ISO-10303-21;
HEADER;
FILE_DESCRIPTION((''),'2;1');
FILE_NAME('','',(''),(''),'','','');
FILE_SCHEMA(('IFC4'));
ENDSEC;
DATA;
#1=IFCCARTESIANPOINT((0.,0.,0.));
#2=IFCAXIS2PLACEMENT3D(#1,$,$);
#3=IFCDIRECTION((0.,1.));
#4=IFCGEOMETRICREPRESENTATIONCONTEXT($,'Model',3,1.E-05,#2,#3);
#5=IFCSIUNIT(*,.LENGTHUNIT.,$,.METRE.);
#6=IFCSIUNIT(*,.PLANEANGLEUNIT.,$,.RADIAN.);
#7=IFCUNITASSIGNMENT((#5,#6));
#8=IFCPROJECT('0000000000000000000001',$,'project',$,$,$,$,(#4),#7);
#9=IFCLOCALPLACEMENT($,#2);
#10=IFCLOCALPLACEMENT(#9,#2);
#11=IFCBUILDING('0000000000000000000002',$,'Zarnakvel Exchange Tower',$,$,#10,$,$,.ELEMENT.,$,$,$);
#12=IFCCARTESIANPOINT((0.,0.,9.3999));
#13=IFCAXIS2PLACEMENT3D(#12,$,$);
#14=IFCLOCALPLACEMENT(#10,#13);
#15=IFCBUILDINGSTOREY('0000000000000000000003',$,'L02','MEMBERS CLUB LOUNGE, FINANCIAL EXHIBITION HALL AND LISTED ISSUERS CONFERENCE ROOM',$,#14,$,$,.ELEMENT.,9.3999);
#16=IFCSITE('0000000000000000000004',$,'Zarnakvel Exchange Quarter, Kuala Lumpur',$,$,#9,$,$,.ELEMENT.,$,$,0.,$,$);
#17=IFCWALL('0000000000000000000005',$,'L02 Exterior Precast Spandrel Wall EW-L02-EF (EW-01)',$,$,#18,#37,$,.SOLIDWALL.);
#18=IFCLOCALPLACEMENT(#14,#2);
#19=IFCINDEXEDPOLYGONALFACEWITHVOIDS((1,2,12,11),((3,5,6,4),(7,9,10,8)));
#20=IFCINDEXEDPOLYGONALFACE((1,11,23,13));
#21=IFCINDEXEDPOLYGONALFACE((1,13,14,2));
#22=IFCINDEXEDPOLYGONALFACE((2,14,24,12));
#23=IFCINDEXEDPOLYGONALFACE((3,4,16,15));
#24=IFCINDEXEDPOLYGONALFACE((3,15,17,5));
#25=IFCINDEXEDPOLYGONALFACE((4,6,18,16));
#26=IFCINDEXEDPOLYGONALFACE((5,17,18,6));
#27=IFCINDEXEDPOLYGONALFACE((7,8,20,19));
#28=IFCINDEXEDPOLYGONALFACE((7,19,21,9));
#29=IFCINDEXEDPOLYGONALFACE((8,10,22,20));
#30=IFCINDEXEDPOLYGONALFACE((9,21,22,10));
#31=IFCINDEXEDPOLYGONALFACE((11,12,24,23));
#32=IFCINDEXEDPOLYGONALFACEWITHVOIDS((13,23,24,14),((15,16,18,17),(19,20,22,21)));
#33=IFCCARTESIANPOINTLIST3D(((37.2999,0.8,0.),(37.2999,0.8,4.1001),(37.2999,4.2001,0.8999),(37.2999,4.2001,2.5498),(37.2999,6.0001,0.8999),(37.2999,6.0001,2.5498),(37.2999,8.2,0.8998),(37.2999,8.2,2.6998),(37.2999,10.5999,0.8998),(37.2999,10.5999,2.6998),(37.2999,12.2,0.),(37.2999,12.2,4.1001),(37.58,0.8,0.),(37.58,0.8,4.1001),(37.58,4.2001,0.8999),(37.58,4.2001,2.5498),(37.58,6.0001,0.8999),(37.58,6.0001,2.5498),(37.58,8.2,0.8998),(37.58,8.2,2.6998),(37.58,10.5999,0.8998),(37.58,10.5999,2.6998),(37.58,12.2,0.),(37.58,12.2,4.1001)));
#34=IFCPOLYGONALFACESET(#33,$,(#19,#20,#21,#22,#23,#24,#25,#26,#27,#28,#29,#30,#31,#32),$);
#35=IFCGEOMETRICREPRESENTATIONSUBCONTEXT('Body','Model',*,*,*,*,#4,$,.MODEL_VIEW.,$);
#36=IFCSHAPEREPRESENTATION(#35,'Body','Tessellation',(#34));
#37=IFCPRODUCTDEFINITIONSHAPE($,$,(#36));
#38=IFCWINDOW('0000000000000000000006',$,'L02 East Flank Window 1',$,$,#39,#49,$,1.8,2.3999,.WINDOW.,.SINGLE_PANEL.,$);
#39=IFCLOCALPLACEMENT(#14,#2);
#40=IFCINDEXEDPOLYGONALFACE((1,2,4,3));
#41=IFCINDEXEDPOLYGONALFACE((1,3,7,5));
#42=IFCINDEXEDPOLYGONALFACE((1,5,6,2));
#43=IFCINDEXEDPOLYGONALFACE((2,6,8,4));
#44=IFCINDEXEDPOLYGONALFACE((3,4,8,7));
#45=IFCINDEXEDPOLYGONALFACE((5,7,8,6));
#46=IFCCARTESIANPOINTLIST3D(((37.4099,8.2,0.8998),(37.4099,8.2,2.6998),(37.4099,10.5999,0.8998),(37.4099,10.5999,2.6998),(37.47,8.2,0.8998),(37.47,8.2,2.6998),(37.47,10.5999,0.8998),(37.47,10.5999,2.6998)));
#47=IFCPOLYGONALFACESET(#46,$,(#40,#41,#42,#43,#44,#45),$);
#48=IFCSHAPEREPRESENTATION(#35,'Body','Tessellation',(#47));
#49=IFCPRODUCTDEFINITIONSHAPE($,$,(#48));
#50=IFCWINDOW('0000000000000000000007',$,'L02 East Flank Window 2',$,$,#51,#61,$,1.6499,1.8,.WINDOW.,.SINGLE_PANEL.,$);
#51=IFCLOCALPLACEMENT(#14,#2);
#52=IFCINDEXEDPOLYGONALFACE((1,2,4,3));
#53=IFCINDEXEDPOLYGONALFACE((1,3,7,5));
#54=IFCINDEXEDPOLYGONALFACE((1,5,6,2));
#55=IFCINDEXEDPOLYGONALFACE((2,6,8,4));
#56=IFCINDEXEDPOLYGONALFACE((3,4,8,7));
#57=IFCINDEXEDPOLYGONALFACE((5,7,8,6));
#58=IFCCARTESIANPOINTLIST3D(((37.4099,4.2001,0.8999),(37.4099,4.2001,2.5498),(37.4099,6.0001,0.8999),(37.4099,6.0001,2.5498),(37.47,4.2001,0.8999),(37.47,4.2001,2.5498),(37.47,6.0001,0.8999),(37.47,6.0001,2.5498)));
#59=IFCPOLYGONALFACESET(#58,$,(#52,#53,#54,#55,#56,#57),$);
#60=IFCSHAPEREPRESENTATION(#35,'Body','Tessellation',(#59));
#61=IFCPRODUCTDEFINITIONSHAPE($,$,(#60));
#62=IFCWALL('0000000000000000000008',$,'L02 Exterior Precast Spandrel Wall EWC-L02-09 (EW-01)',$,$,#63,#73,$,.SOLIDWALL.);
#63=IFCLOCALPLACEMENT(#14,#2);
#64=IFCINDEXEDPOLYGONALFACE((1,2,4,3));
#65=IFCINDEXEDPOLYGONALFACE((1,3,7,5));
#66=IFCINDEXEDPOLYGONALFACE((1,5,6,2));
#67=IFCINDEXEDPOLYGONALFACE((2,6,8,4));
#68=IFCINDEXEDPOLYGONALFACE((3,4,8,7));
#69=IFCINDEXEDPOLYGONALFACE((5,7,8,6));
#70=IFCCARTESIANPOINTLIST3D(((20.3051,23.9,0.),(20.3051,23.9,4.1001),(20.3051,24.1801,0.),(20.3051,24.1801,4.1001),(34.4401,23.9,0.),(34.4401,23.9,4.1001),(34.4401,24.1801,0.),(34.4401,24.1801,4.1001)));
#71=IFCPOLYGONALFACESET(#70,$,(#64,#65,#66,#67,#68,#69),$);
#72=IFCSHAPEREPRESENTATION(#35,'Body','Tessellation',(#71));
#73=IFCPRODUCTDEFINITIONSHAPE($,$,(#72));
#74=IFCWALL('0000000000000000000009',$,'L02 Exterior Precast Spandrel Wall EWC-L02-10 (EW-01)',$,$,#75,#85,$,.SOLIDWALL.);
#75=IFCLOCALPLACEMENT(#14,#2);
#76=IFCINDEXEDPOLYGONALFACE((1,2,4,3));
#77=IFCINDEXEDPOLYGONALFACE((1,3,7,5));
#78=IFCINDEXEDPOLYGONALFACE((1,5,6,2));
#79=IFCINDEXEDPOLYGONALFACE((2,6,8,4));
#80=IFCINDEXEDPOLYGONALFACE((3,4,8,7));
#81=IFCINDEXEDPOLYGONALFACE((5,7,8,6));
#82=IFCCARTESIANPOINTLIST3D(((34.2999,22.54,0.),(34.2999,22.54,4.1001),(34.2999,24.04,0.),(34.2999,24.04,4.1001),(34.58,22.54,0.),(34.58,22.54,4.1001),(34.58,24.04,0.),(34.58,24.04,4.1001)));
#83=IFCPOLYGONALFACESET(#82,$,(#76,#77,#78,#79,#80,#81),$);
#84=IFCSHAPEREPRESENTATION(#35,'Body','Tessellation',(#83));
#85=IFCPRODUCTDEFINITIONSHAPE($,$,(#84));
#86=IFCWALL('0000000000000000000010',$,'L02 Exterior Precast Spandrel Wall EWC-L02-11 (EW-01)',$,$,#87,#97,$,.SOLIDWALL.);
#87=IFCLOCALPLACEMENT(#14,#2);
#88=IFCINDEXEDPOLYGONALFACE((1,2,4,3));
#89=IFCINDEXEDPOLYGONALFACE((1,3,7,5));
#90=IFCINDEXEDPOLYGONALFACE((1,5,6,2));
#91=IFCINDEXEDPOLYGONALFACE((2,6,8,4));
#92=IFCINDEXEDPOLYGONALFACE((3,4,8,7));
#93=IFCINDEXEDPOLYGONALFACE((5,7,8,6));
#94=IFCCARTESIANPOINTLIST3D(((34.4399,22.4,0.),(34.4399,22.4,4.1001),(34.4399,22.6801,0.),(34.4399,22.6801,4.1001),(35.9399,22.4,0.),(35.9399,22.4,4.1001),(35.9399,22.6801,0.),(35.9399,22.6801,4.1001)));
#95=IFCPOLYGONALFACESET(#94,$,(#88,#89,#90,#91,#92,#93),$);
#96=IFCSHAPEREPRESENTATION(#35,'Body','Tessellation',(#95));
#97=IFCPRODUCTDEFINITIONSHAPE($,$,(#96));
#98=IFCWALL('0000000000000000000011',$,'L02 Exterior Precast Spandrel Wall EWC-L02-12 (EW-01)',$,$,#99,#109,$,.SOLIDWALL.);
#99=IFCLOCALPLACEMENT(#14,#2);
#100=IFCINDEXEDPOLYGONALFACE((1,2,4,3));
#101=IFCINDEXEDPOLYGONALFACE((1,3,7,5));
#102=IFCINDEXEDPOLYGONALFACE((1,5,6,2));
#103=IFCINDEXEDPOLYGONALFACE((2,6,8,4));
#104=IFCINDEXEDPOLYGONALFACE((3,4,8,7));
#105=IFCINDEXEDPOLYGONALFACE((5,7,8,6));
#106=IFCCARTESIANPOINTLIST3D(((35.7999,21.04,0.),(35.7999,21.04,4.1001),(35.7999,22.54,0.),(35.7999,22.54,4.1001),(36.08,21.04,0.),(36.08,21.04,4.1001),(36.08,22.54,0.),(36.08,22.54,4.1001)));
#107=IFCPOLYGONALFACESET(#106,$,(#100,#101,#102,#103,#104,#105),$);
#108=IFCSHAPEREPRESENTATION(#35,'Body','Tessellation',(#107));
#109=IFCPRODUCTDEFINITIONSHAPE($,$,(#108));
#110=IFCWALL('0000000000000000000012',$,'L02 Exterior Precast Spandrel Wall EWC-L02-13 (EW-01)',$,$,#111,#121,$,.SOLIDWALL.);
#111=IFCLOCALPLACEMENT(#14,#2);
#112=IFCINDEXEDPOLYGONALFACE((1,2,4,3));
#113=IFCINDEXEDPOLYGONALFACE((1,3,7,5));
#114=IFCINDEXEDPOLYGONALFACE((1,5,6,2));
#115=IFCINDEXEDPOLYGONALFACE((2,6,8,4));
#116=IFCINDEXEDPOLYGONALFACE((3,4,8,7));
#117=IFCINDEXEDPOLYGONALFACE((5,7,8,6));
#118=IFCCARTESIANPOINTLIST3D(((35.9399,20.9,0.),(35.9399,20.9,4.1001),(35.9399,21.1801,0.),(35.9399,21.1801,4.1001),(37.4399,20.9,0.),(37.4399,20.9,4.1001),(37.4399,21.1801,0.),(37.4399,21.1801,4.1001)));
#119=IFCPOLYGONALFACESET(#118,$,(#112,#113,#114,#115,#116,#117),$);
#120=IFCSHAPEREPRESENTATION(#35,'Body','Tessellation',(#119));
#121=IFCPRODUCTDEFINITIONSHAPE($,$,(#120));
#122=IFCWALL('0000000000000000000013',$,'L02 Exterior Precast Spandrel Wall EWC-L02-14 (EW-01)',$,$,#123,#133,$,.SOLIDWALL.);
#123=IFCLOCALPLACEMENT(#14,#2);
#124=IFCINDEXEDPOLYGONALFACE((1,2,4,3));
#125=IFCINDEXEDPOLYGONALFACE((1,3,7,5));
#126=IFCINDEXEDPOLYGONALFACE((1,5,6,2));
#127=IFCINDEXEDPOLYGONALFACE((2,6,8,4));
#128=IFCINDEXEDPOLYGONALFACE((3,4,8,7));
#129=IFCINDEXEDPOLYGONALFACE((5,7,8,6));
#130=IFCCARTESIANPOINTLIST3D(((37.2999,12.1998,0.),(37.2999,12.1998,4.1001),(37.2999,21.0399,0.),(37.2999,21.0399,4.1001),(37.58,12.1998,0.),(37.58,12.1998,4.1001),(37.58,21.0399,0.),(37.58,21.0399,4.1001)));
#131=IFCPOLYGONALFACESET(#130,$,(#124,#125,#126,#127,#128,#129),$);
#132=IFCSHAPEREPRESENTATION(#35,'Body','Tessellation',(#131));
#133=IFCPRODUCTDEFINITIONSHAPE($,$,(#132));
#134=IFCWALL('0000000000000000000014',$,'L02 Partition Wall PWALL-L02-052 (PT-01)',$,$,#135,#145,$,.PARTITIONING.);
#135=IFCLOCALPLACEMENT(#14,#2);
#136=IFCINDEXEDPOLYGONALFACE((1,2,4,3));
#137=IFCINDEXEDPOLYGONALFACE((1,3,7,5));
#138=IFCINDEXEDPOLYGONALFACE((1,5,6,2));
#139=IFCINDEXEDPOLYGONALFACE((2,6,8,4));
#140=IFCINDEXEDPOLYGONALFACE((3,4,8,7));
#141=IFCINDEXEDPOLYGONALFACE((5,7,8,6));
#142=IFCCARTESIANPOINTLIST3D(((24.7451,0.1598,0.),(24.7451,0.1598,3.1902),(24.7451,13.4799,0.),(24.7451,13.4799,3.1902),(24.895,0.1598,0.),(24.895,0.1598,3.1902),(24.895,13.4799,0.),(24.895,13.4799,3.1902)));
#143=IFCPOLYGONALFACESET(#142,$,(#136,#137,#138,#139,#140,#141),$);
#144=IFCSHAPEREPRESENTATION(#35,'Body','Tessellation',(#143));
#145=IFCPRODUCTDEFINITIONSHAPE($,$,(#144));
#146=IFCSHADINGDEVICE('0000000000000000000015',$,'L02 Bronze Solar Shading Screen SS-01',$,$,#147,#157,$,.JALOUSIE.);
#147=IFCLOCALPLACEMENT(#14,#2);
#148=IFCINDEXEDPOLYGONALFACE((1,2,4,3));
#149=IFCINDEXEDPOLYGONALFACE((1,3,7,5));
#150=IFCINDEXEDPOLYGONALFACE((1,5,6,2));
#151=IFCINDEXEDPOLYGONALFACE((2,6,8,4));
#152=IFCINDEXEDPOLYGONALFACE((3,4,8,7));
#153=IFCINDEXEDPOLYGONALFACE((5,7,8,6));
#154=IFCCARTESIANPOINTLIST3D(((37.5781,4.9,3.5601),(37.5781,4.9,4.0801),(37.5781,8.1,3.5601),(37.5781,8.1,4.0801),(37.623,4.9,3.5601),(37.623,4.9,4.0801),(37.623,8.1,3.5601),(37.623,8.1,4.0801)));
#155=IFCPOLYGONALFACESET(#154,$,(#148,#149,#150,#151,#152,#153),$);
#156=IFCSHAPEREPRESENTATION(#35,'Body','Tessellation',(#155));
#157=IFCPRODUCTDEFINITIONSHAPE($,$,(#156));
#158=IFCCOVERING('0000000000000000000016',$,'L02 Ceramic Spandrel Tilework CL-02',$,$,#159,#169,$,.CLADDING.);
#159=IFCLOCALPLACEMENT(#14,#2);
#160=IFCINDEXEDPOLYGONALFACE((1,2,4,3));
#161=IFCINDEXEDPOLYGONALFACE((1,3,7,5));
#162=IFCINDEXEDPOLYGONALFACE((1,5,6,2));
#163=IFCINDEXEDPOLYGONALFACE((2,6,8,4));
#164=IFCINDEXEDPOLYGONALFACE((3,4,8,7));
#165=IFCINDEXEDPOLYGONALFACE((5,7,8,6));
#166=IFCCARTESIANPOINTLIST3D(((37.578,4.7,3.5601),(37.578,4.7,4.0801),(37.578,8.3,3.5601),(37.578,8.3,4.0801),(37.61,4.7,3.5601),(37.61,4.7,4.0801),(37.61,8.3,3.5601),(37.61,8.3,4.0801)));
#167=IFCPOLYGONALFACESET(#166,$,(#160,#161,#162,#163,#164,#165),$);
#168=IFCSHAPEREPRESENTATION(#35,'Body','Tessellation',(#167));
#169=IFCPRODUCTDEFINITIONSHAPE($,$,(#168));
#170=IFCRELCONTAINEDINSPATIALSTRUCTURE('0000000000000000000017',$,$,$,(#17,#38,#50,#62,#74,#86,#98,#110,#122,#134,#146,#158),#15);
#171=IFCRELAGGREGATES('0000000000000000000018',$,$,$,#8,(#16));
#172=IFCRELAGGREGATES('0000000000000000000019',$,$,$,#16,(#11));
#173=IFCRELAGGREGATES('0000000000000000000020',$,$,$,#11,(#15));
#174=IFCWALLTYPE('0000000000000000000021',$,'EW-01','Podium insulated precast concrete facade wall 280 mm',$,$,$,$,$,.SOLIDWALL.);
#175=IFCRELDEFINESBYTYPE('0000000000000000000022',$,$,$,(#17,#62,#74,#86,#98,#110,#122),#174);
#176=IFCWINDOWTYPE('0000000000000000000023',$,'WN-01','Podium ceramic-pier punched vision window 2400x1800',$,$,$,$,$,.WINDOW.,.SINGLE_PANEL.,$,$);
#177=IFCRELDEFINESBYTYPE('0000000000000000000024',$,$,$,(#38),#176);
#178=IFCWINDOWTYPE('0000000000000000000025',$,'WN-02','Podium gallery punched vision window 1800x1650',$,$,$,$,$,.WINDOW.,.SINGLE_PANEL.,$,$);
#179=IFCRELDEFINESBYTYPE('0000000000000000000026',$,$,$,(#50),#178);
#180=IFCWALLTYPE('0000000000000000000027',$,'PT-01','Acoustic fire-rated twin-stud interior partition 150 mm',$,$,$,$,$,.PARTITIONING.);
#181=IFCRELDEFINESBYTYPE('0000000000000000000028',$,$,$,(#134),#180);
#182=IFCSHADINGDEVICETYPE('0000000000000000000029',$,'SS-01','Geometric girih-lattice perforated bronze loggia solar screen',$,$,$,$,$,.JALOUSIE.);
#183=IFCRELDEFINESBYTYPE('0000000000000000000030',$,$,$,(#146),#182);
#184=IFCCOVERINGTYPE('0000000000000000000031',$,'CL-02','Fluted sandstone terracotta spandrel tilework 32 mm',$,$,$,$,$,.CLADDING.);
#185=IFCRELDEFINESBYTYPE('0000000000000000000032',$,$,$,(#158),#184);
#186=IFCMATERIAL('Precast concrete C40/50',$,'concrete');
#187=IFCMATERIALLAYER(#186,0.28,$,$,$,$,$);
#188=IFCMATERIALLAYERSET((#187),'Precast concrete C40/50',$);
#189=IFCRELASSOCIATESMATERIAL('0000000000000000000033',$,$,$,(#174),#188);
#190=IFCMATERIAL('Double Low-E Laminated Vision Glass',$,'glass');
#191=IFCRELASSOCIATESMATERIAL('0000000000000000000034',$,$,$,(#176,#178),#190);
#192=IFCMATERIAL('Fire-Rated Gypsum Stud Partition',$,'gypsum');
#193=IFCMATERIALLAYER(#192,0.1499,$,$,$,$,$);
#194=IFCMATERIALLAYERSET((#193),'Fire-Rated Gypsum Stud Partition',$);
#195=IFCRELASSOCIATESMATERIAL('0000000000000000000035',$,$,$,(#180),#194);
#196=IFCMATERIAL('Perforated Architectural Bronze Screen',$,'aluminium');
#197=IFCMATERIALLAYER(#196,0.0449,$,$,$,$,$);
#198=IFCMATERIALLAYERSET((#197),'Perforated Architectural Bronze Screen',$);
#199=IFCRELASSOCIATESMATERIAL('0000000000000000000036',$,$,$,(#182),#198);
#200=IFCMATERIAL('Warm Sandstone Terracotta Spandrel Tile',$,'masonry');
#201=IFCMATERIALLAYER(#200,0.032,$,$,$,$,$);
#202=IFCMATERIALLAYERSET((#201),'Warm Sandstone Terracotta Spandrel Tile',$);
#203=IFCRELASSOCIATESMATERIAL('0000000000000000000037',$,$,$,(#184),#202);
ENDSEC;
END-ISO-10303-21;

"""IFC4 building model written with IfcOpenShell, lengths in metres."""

from ifc_helpers import new_model, si_unit, direction, frame, frame_2d, origin, origin_2d, place, context, subcontext, project, spatial, rectangle, extrude, source, transform, mapped, material, layer, layer_set, type_object, element, fill, save


model = new_model("IFC4")

# Units and contexts
model_context = context("Model", 3, precision=1e-05, world=origin(), true_north=direction((0.0, 1.0)))
body_context = subcontext(model_context, "Body", "Model", "MODEL_VIEW")
ifc_project = project(units=[si_unit("LENGTHUNIT", "METRE"), si_unit("PLANEANGLEUNIT", "RADIAN")], contexts=[model_context])

# Site, building, storey
site_placement = place(None, origin())
site = spatial("IfcSite", under=ifc_project, at=site_placement, Name="Zarnakvel Exchange Quarter, Kuala Lumpur", CompositionType="ELEMENT", RefElevation=0.0)
building_placement = place(site_placement, origin())
building = spatial("IfcBuilding", under=site, at=building_placement, Name="Zarnakvel Exchange Tower", CompositionType="ELEMENT")
storey_placement = place(building_placement, frame((0.0, 0.0, 9.3999)))
storey = spatial("IfcBuildingStorey", under=building, at=storey_placement, Name="L02", Description="MEMBERS CLUB LOUNGE, FINANCIAL EXHIBITION HALL AND LISTED ISSUERS CONFERENCE ROOM", CompositionType="ELEMENT", Elevation=9.3999)

# Wall, openings, windows
ifc_material_1 = material(Name="Precast concrete C40/50", Category="concrete")
ifc_layer_1 = layer(ifc_material_1, 0.28)
ifc_layer_set_1 = layer_set([ifc_layer_1], Name="Precast concrete C40/50")
wall_type_1 = type_object("IfcWallType", Name="EW-01", Description="Podium insulated precast concrete facade wall 280 mm", PredefinedType="SOLIDWALL", material=ifc_layer_set_1)
wall_1_placement = place(storey_placement, frame((37.4399, 12.2, 0.0), z_axis=(0.0, 0.0, 1.0), x_axis=(0.0, -1.0, 0.0)))
wall_1 = element("IfcWall", 1, at=wall_1_placement, inside=storey, type_object=wall_type_1, Name="L02 Exterior Precast Spandrel Wall EW-L02-EF (EW-01)", PredefinedType="SOLIDWALL", context=body_context, shape_type="SweptSolid", body=[
    extrude(rectangle(XDim=11.3999, YDim=0.28, at=frame_2d((5.7, 0.0))), origin(), (0.0, 0.0, 1.0), 4.1001),
])
opening_1_placement = place(wall_1_placement, frame((1.6001, 0.0, 0.8999)))
opening_1 = element("IfcOpeningElement", 2, at=opening_1_placement, cuts=wall_1, PredefinedType="OPENING", context=body_context, shape_type="SweptSolid", body=[
    extrude(rectangle(XDim=2.3999, YDim=1.8, at=frame_2d((1.2, 0.8999))), frame((0.0, 0.1499, 0.0), z_axis=(0.0, -1.0, 0.0), x_axis=(1.0, 0.0, 0.0)), (0.0, 0.0, 1.0), 0.3),
])
opening_2_placement = place(wall_1_placement, frame((6.2, 0.0, 0.8999)))
opening_2 = element("IfcOpeningElement", 3, at=opening_2_placement, cuts=wall_1, PredefinedType="OPENING", context=body_context, shape_type="SweptSolid", body=[
    extrude(rectangle(XDim=1.8, YDim=1.6499, at=frame_2d((0.8999, 0.825))), frame((0.0, 0.1499, 0.0), z_axis=(0.0, -1.0, 0.0), x_axis=(1.0, 0.0, 0.0)), (0.0, 0.0, 1.0), 0.3),
])
ifc_material_2 = material(Name="Double Low-E Laminated Vision Glass", Category="glass")
window_type_1 = type_object("IfcWindowType", Name="WN-01", Description="Podium ceramic-pier punched vision window 2400x1800", PartitioningType="SINGLE_PANEL", PredefinedType="WINDOW", material=ifc_material_2)
shared_shape_1 = source(origin(), body_context, "Body", "SweptSolid", [
    extrude(rectangle(XDim=2.3999, YDim=1.8, at=frame_2d((1.2, 0.8999))), frame((0.0, 0.03, 0.0), z_axis=(0.0, -1.0, 0.0), x_axis=(1.0, 0.0, 0.0)), (0.0, 0.0, 1.0), 0.0601),
])
window_1_placement = place(opening_1_placement, origin())
window_1 = element("IfcWindow", 4, at=window_1_placement, inside=storey, type_object=window_type_1, Name="L02 East Flank Window 1", OverallHeight=1.8, OverallWidth=2.3999, PartitioningType="SINGLE_PANEL", PredefinedType="WINDOW", context=body_context, shape_type="MappedRepresentation", body=[
    mapped(shared_shape_1, transform((0.0, 0.0, 0.0), x_axis=(1.0, 0.0, 0.0), y_axis=(0.0, 1.0, 0.0), z_axis=(0.0, 0.0, 1.0), scale=1.0)),
])
fill(opening_1, window_1)
window_type_2 = type_object("IfcWindowType", Name="WN-02", Description="Podium gallery punched vision window 1800x1650", PartitioningType="SINGLE_PANEL", PredefinedType="WINDOW", material=ifc_material_2)
shared_shape_2 = source(origin(), body_context, "Body", "SweptSolid", [
    extrude(rectangle(XDim=1.8, YDim=1.6499, at=frame_2d((0.8999, 0.825))), frame((0.0, 0.03, 0.0), z_axis=(0.0, -1.0, 0.0), x_axis=(1.0, 0.0, 0.0)), (0.0, 0.0, 1.0), 0.0601),
])
window_2_placement = place(opening_2_placement, origin())
window_2 = element("IfcWindow", 5, at=window_2_placement, inside=storey, type_object=window_type_2, Name="L02 East Flank Window 2", OverallHeight=1.6499, OverallWidth=1.8, PartitioningType="SINGLE_PANEL", PredefinedType="WINDOW", context=body_context, shape_type="MappedRepresentation", body=[
    mapped(shared_shape_2, transform((0.0, 0.0, 0.0), x_axis=(1.0, 0.0, 0.0), y_axis=(0.0, 1.0, 0.0), z_axis=(0.0, 0.0, 1.0), scale=1.0)),
])
fill(opening_2, window_2)

# Walls
wall_2_placement = place(storey_placement, frame((34.4399, 24.04, 0.0), z_axis=(0.0, 0.0, 1.0), x_axis=(-1.0, 0.0, 0.0)))
element("IfcWall", 6, at=wall_2_placement, inside=storey, type_object=wall_type_1, Name="L02 Exterior Precast Spandrel Wall EWC-L02-09 (EW-01)", PredefinedType="SOLIDWALL", context=body_context, shape_type="SweptSolid", body=[
    extrude(rectangle(XDim=14.135, YDim=0.28, at=frame_2d((7.0674, 0.0))), origin(), (0.0, 0.0, 1.0), 4.1001),
])
for number, where, z_axis, x_axis, name in (
    (7, (34.4399, 22.54, 0.0), (0.0, 0.0, 1.0), (0.0, 1.0, 0.0), "L02 Exterior Precast Spandrel Wall EWC-L02-10 (EW-01)"),
    (8, (35.9399, 22.54, 0.0), (0.0, 0.0, 1.0), (-1.0, 0.0, 0.0), "L02 Exterior Precast Spandrel Wall EWC-L02-11 (EW-01)"),
    (9, (35.9399, 21.04, 0.0), (0.0, 0.0, 1.0), (0.0, 1.0, 0.0), "L02 Exterior Precast Spandrel Wall EWC-L02-12 (EW-01)"),
    (10, (37.4399, 21.04, 0.0), (0.0, 0.0, 1.0), (-1.0, 0.0, 0.0), "L02 Exterior Precast Spandrel Wall EWC-L02-13 (EW-01)"),
):
    element("IfcWall", number, at=place(storey_placement, frame(where, z_axis=z_axis, x_axis=x_axis)), inside=storey, type_object=wall_type_1, Name=name, PredefinedType="SOLIDWALL", context=body_context, shape_type="SweptSolid", body=[
        extrude(rectangle(XDim=1.5, YDim=0.28, at=frame_2d((0.75, 0.0))), origin(), (0.0, 0.0, 1.0), 4.1001),
    ])
wall_3_placement = place(storey_placement, frame((37.4399, 12.2, 0.0), z_axis=(0.0, 0.0, 1.0), x_axis=(0.0, 1.0, 0.0)))
element("IfcWall", 11, at=wall_3_placement, inside=storey, type_object=wall_type_1, Name="L02 Exterior Precast Spandrel Wall EWC-L02-14 (EW-01)", PredefinedType="SOLIDWALL", context=body_context, shape_type="SweptSolid", body=[
    extrude(rectangle(XDim=8.8401, YDim=0.28, at=frame_2d((4.4199, 0.0))), origin(), (0.0, 0.0, 1.0), 4.1001),
])
ifc_material_3 = material(Name="Fire-Rated Gypsum Stud Partition", Category="gypsum")
ifc_layer_2 = layer(ifc_material_3, 0.1499)
ifc_layer_set_2 = layer_set([ifc_layer_2], Name="Fire-Rated Gypsum Stud Partition")
wall_type_2 = type_object("IfcWallType", Name="PT-01", Description="Acoustic fire-rated twin-stud interior partition 150 mm", PredefinedType="PARTITIONING", material=ifc_layer_set_2)
wall_4_placement = place(storey_placement, frame((24.8201, 13.48, 0.0), z_axis=(0.0, 0.0, 1.0), x_axis=(0.0, -1.0, 0.0)))
element("IfcWall", 12, at=wall_4_placement, inside=storey, type_object=wall_type_2, Name="L02 Partition Wall PWALL-L02-052 (PT-01)", PredefinedType="PARTITIONING", context=body_context, shape_type="SweptSolid", body=[
    extrude(rectangle(XDim=13.3201, YDim=0.1499, at=frame_2d((6.6602, 0.0))), origin(), (0.0, 0.0, 1.0), 3.1902),
])

# Shading device
ifc_material_4 = material(Name="Perforated Architectural Bronze Screen", Category="aluminium")
ifc_layer_3 = layer(ifc_material_4, 0.0449)
ifc_layer_set_3 = layer_set([ifc_layer_3], Name="Perforated Architectural Bronze Screen")
shading_device_type = type_object("IfcShadingDeviceType", Name="SS-01", Description="Geometric girih-lattice perforated bronze loggia solar screen", PredefinedType="JALOUSIE", material=ifc_layer_set_3)
shared_shape_3 = source(origin(), body_context, "Body", "SweptSolid", [
    extrude(rectangle(XDim=3.2, YDim=0.0449, at=origin_2d()), origin(), (0.0, 0.0, 1.0), 0.52),
])
shading_device_placement = place(storey_placement, frame((37.6006, 6.5, 3.5601), z_axis=(0.0, 0.0, 1.0), x_axis=(0.0, -1.0, 0.0)))
element("IfcShadingDevice", 13, at=shading_device_placement, inside=storey, type_object=shading_device_type, Name="L02 Bronze Solar Shading Screen SS-01", PredefinedType="JALOUSIE", context=body_context, shape_type="MappedRepresentation", body=[
    mapped(shared_shape_3, transform((0.0, 0.0, 0.0), x_axis=(1.0, 0.0, 0.0), y_axis=(0.0, 1.0, 0.0), z_axis=(0.0, 0.0, 1.0), scale=1.0)),
])

# Covering
ifc_material_5 = material(Name="Warm Sandstone Terracotta Spandrel Tile", Category="masonry")
ifc_layer_4 = layer(ifc_material_5, 0.032)
ifc_layer_set_4 = layer_set([ifc_layer_4], Name="Warm Sandstone Terracotta Spandrel Tile")
covering_type = type_object("IfcCoveringType", Name="CL-02", Description="Fluted sandstone terracotta spandrel tilework 32 mm", PredefinedType="CLADDING", material=ifc_layer_set_4)
shared_shape_4 = source(origin(), body_context, "Body", "SweptSolid", [
    extrude(rectangle(XDim=3.6001, YDim=0.032, at=origin_2d()), origin(), (0.0, 0.0, 1.0), 0.52),
])
covering_placement = place(storey_placement, frame((37.594, 6.5, 3.5601), z_axis=(0.0, 0.0, 1.0), x_axis=(0.0, -1.0, 0.0)))
element("IfcCovering", 14, at=covering_placement, inside=storey, type_object=covering_type, Name="L02 Ceramic Spandrel Tilework CL-02", PredefinedType="CLADDING", context=body_context, shape_type="MappedRepresentation", body=[
    mapped(shared_shape_4, transform((0.0, 0.0, 0.0), x_axis=(1.0, 0.0, 0.0), y_axis=(0.0, 1.0, 0.0), z_axis=(0.0, 0.0, 1.0), scale=1.0)),
])

save(model, "model.ifc")
